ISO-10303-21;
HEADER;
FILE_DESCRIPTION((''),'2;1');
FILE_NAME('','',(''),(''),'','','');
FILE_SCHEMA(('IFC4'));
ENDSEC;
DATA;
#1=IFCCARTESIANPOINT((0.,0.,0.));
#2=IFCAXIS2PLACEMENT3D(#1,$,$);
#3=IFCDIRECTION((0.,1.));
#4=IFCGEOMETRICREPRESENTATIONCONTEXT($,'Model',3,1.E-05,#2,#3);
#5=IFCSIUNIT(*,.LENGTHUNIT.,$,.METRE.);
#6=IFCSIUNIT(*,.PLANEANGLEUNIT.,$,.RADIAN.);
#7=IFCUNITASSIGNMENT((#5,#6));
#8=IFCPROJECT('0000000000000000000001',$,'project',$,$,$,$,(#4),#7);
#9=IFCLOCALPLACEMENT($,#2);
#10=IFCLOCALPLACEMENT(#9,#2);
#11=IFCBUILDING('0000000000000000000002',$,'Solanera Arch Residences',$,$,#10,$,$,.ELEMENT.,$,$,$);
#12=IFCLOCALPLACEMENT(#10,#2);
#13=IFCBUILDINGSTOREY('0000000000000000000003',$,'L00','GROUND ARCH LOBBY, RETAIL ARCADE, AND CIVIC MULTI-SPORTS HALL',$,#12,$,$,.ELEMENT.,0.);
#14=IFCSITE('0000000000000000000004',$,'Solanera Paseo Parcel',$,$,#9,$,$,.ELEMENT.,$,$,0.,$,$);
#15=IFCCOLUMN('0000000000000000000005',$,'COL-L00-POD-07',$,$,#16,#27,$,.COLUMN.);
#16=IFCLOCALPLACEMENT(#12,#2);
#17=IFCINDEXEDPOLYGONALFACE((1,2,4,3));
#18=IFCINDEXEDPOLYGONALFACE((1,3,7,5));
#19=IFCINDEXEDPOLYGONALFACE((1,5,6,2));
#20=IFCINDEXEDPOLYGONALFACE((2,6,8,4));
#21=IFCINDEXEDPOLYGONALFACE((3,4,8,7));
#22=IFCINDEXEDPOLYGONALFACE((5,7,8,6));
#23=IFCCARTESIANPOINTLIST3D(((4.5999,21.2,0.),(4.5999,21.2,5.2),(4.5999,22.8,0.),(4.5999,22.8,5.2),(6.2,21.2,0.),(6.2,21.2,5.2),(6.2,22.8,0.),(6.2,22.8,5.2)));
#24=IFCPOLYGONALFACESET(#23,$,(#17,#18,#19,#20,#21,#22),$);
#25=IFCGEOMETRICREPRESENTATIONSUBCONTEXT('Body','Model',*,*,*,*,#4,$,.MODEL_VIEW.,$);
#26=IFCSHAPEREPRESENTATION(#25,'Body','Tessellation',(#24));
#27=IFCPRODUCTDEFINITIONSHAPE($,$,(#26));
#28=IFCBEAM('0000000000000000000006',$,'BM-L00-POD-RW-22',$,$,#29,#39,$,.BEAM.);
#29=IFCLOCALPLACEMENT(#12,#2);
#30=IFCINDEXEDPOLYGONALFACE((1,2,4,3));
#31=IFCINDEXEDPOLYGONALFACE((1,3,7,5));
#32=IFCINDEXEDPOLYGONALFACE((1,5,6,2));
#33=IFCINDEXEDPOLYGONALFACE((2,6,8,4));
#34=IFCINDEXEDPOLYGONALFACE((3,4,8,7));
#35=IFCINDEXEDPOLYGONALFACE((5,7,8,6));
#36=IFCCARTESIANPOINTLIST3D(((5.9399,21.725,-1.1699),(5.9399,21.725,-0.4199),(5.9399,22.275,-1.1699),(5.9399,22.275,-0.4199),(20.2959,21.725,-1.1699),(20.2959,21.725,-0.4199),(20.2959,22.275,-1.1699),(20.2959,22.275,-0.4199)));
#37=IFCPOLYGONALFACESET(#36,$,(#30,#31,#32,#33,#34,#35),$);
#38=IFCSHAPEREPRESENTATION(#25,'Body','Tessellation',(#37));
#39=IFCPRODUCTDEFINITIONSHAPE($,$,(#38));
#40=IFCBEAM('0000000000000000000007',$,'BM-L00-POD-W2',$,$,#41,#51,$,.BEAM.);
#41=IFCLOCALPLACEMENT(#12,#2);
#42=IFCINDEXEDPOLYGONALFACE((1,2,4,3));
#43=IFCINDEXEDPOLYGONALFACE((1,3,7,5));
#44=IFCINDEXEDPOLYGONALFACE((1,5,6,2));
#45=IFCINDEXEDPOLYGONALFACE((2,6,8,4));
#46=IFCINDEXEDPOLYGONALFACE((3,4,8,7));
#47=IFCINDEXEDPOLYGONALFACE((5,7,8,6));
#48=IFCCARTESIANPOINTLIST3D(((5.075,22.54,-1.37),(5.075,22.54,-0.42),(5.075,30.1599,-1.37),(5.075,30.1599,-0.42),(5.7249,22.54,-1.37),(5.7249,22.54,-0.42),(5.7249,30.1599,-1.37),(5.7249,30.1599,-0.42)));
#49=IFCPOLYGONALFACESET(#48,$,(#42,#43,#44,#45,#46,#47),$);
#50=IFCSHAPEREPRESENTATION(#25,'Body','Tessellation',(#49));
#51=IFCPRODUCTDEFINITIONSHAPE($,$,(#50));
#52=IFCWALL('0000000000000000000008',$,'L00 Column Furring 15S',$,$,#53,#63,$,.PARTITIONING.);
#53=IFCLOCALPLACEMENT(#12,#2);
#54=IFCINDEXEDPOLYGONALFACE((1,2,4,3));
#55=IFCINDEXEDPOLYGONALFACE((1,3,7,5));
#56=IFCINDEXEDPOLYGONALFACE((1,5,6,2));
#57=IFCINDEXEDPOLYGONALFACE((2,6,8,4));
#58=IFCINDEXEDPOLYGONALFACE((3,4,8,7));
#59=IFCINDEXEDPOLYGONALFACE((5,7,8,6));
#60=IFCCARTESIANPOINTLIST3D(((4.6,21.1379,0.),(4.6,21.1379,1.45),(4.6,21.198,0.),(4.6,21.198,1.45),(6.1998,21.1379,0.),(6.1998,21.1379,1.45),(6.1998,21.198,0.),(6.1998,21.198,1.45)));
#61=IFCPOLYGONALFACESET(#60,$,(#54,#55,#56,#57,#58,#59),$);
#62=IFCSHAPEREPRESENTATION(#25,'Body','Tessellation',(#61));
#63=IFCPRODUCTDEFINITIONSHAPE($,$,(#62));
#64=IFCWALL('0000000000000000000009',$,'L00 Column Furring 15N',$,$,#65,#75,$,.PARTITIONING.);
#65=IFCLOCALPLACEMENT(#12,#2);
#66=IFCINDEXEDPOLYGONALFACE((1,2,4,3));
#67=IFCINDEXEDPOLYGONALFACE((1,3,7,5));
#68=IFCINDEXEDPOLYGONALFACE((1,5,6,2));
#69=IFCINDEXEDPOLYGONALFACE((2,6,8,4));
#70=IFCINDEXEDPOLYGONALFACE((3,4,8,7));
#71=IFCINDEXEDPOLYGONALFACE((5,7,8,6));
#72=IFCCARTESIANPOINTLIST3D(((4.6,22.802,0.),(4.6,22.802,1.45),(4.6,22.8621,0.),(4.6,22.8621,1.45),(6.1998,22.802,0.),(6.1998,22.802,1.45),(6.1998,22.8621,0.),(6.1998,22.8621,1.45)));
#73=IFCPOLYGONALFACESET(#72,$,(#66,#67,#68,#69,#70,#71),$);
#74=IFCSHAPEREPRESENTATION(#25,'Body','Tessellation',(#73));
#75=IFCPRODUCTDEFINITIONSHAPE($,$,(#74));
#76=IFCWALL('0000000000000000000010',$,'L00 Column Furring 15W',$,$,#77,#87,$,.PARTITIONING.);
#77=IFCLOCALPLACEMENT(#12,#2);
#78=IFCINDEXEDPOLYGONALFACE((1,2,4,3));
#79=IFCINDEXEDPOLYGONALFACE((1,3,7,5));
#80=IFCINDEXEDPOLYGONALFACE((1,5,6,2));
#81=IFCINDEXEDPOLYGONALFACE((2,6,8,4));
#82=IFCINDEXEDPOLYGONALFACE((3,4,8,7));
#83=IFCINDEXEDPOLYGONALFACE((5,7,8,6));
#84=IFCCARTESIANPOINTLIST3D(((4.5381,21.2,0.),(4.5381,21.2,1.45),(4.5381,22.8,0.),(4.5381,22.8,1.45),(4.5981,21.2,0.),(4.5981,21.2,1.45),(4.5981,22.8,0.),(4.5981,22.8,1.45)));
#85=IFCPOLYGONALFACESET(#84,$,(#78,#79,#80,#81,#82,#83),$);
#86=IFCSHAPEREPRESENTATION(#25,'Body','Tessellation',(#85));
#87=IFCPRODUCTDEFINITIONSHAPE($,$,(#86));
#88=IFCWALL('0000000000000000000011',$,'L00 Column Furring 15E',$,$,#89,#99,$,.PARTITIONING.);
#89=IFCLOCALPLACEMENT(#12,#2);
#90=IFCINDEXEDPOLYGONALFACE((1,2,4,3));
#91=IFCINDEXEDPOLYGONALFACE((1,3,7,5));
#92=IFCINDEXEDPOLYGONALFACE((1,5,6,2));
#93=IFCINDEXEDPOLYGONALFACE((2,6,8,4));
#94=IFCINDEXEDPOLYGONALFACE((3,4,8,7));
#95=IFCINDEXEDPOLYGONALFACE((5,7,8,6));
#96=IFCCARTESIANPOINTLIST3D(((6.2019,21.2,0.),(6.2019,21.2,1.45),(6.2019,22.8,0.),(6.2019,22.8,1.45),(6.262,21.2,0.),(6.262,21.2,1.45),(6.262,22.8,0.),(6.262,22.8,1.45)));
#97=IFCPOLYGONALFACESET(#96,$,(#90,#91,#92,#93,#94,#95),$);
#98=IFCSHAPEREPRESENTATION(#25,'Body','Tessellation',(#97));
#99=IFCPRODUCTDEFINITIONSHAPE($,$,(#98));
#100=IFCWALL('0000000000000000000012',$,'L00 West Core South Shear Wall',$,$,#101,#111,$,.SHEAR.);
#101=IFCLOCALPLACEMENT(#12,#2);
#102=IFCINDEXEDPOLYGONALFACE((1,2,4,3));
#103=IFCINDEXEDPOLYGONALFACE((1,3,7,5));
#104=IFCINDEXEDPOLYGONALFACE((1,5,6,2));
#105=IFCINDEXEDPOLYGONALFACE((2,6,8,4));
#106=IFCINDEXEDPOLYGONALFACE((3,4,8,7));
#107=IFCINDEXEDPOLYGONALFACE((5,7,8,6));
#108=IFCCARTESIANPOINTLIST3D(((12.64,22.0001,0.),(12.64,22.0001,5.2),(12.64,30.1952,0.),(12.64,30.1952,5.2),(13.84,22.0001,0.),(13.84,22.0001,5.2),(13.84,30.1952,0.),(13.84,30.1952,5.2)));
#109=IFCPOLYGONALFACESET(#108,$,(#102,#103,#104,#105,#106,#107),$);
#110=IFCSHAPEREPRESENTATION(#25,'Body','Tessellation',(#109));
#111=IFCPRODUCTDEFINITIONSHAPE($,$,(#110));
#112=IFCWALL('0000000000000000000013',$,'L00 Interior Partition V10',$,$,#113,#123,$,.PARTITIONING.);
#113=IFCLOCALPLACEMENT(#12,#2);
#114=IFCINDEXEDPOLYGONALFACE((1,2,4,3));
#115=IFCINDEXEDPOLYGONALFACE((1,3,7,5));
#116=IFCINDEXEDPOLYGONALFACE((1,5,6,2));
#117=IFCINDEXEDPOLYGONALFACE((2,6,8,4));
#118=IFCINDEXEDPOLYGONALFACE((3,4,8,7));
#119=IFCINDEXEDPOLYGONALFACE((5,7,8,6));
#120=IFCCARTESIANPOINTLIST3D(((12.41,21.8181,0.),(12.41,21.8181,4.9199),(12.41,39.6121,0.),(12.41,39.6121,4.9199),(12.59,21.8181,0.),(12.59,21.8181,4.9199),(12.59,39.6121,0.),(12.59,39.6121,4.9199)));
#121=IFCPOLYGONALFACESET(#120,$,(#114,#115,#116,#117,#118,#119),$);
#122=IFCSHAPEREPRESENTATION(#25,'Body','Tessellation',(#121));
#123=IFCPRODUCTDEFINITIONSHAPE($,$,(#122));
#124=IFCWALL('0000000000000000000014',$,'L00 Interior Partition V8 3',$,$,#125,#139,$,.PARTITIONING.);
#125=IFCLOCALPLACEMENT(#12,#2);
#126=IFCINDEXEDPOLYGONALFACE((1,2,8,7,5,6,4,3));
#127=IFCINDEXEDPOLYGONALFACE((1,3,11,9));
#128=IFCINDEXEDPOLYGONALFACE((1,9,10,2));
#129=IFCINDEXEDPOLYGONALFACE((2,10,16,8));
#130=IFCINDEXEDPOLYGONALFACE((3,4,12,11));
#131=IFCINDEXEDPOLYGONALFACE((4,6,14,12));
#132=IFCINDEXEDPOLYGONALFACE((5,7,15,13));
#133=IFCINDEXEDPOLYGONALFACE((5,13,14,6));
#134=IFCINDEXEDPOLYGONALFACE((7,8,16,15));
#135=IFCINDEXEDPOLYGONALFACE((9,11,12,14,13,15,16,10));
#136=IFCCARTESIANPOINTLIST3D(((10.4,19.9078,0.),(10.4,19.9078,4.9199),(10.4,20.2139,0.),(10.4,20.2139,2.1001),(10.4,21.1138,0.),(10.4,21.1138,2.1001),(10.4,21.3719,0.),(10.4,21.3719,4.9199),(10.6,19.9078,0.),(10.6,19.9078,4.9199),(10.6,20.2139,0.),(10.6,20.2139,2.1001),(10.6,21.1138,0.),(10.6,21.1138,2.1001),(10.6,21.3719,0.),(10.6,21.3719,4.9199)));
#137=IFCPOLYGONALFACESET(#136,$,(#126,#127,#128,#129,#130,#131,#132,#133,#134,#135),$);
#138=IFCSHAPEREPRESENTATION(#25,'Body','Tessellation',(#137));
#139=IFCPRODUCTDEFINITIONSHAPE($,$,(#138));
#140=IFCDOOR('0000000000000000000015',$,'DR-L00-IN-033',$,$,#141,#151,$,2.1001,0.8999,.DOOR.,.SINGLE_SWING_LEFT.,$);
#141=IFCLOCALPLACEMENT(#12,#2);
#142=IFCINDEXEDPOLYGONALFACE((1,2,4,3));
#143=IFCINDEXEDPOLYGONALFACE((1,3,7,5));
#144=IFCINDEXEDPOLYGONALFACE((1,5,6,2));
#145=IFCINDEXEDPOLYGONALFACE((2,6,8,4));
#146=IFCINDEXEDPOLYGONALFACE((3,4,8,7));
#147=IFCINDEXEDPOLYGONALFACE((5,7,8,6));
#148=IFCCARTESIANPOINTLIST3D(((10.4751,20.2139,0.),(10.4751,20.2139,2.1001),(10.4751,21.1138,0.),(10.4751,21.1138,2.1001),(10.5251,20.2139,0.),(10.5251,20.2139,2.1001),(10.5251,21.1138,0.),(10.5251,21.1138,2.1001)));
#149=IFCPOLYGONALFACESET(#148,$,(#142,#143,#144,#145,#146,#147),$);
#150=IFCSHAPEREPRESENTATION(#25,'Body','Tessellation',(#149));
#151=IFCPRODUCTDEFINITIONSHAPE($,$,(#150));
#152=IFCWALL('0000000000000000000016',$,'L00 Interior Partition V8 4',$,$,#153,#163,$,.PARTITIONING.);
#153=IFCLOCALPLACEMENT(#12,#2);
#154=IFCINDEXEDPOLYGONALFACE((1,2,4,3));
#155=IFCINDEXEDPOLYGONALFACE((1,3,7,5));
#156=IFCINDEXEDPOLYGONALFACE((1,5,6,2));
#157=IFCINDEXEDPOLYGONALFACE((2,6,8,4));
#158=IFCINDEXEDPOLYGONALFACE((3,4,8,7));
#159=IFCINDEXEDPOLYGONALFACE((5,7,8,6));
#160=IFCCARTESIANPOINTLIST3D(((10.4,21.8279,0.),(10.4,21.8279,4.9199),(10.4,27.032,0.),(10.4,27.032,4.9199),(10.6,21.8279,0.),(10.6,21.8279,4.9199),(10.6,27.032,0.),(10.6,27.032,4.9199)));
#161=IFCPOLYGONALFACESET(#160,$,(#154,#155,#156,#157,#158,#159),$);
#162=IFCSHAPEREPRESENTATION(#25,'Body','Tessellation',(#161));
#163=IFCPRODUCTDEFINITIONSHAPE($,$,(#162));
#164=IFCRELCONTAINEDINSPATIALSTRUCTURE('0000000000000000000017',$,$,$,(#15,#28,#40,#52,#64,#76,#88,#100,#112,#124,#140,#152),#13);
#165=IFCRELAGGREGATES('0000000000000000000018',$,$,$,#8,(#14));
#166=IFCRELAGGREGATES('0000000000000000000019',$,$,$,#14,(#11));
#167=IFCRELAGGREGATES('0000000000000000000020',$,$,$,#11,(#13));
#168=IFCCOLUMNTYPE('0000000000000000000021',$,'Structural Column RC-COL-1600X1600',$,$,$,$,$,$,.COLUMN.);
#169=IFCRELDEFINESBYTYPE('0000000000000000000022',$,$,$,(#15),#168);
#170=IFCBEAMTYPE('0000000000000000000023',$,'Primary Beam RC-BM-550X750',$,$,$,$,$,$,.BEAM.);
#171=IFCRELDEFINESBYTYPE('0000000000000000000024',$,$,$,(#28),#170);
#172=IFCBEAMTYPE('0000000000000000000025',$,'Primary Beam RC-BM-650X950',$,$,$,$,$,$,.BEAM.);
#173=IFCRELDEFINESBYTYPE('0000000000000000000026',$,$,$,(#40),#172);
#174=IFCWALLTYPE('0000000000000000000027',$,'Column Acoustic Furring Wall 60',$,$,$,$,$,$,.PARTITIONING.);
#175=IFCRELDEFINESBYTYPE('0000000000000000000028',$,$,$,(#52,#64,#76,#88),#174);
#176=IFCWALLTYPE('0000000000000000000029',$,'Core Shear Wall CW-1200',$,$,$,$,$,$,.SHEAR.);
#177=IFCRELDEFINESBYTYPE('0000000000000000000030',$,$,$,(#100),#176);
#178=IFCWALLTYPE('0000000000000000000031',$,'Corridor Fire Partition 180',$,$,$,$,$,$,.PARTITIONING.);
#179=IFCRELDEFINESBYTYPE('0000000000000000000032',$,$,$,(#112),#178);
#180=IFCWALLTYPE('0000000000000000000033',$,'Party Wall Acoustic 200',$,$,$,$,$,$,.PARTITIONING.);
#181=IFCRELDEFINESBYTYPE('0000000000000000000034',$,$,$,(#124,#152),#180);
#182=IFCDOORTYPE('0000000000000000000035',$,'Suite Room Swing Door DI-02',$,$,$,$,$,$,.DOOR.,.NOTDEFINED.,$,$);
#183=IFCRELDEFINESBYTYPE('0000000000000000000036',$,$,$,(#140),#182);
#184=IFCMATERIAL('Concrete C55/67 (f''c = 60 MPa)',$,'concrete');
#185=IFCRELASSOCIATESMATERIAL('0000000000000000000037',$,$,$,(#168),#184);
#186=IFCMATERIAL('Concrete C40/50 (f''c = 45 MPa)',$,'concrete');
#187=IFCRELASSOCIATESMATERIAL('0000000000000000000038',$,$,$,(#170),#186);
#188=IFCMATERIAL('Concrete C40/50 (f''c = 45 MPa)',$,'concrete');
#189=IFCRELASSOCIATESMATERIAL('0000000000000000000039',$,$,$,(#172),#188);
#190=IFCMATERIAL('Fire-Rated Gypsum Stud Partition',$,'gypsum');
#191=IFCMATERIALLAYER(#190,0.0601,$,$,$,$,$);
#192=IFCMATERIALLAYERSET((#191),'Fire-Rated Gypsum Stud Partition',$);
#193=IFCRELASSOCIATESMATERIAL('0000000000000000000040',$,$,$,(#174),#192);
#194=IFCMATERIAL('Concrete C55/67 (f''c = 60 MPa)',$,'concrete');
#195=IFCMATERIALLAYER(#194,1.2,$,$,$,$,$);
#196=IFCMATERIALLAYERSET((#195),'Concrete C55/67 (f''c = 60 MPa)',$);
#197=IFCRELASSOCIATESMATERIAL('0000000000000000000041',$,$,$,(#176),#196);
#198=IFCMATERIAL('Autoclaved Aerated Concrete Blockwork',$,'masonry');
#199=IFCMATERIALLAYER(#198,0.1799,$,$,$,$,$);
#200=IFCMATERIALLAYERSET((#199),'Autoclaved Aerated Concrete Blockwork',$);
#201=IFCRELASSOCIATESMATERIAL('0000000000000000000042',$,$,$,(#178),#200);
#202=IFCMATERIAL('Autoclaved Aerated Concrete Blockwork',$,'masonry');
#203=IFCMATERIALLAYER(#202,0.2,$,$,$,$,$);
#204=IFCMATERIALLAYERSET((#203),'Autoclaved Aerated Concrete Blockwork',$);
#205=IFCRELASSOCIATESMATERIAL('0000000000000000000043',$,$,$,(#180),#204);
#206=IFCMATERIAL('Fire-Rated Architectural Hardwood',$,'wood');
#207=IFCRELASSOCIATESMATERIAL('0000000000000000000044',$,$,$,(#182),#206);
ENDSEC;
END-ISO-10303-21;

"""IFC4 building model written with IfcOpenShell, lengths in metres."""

from ifc_helpers import new_model, si_unit, direction, frame, frame_2d, origin, origin_2d, place, context, subcontext, project, spatial, rectangle, extrude, material, layer, layer_set, material_profile, profile_set, type_object, element, fill, save


model = new_model("IFC4")

# Units and contexts
model_context = context("Model", 3, precision=1e-05, world=origin(), true_north=direction((0.0, 1.0)))
body_context = subcontext(model_context, "Body", "Model", "MODEL_VIEW")
ifc_project = project(units=[si_unit("LENGTHUNIT", "METRE"), si_unit("PLANEANGLEUNIT", "RADIAN")], contexts=[model_context])

# Site, building, storey
site_placement = place(None, origin())
site = spatial("IfcSite", under=ifc_project, at=site_placement, Name="Solanera Paseo Parcel", CompositionType="ELEMENT", RefElevation=0.0)
building_placement = place(site_placement, origin())
building = spatial("IfcBuilding", under=site, at=building_placement, Name="Solanera Arch Residences", CompositionType="ELEMENT")
storey_placement = place(building_placement, origin())
storey = spatial("IfcBuildingStorey", under=building, at=storey_placement, Name="L00", Description="GROUND ARCH LOBBY, RETAIL ARCADE, AND CIVIC MULTI-SPORTS HALL", CompositionType="ELEMENT", Elevation=0.0)

# Column
ifc_material_1 = material(Name="Concrete C55/67 (f'c = 60 MPa)", Category="concrete")
ifc_material_profile_1 = material_profile(ifc_material_1, rectangle(XDim=1.6001, YDim=1.6001, at=origin_2d()))
ifc_profile_set_1 = profile_set([ifc_material_profile_1], Name="Concrete C55/67 (f'c = 60 MPa)")
column_type = type_object("IfcColumnType", Name="Structural Column RC-COL-1600X1600", PredefinedType="COLUMN", material=ifc_profile_set_1)
column_placement = place(storey_placement, frame((5.3999, 22.0, 0.0), z_axis=(0.0, 0.0, 1.0), x_axis=(1.0, 0.0, 0.0)))
element("IfcColumn", 1, at=column_placement, inside=storey, type_object=column_type, Name="COL-L00-POD-07", PredefinedType="COLUMN", context=body_context, shape_type="SweptSolid", body=[
    extrude(rectangle(XDim=1.6001, YDim=1.6001, at=origin_2d()), origin(), (0.0, 0.0, 1.0), 5.2),
])

# Beams
ifc_material_2 = material(Name="Concrete C40/50 (f'c = 45 MPa)", Category="concrete")
ifc_material_profile_2 = material_profile(ifc_material_2, rectangle(XDim=0.55, YDim=0.75, at=origin_2d()))
ifc_profile_set_2 = profile_set([ifc_material_profile_2], Name="Concrete C40/50 (f'c = 45 MPa)")
beam_type_1 = type_object("IfcBeamType", Name="Primary Beam RC-BM-550X750", PredefinedType="BEAM", material=ifc_profile_set_2)
beam_1_placement = place(storey_placement, frame((5.9399, 22.0, -0.7949), z_axis=(1.0, 0.0, 0.0), x_axis=(0.0, 1.0, 0.0)))
element("IfcBeam", 2, at=beam_1_placement, inside=storey, type_object=beam_type_1, Name="BM-L00-POD-RW-22", PredefinedType="BEAM", context=body_context, shape_type="SweptSolid", body=[
    extrude(rectangle(XDim=0.55, YDim=0.75, at=origin_2d()), origin(), (0.0, 0.0, 1.0), 14.356),
])
ifc_material_3 = material(Name="Concrete C40/50 (f'c = 45 MPa)", Category="concrete")
ifc_material_profile_3 = material_profile(ifc_material_3, rectangle(XDim=0.6499, YDim=0.95, at=origin_2d()))
ifc_profile_set_3 = profile_set([ifc_material_profile_3], Name="Concrete C40/50 (f'c = 45 MPa)")
beam_type_2 = type_object("IfcBeamType", Name="Primary Beam RC-BM-650X950", PredefinedType="BEAM", material=ifc_profile_set_3)
beam_2_placement = place(storey_placement, frame((5.3999, 22.54, -0.895), z_axis=(0.0, 1.0, 0.0), x_axis=(-1.0, 0.0, 0.0)))
element("IfcBeam", 3, at=beam_2_placement, inside=storey, type_object=beam_type_2, Name="BM-L00-POD-W2", PredefinedType="BEAM", context=body_context, shape_type="SweptSolid", body=[
    extrude(rectangle(XDim=0.6499, YDim=0.95, at=origin_2d()), origin(), (0.0, 0.0, 1.0), 7.6199),
])

# Walls
ifc_material_4 = material(Name="Fire-Rated Gypsum Stud Partition", Category="gypsum")
ifc_layer_1 = layer(ifc_material_4, 0.0601)
ifc_layer_set_1 = layer_set([ifc_layer_1], Name="Fire-Rated Gypsum Stud Partition")
wall_type_1 = type_object("IfcWallType", Name="Column Acoustic Furring Wall 60", PredefinedType="PARTITIONING", material=ifc_layer_set_1)
for number, where, z_axis, x_axis, name in (
    (4, (4.6001, 21.168, 0.0), (0.0, 0.0, 1.0), (1.0, 0.0, 0.0), "L00 Column Furring 15S"),
    (5, (4.6001, 22.832, 0.0), (0.0, 0.0, 1.0), (1.0, 0.0, 0.0), "L00 Column Furring 15N"),
):
    element("IfcWall", number, at=place(storey_placement, frame(where, z_axis=z_axis, x_axis=x_axis)), inside=storey, type_object=wall_type_1, Name=name, PredefinedType="PARTITIONING", context=body_context, shape_type="SweptSolid", body=[
        extrude(rectangle(XDim=1.5999, YDim=0.0601, at=frame_2d((0.7998, 0.0))), origin(), (0.0, 0.0, 1.0), 1.45),
    ])
for number, where, z_axis, x_axis, name in (
    (6, (4.5681, 21.2, 0.0), (0.0, 0.0, 1.0), (0.0, 1.0, 0.0), "L00 Column Furring 15W"),
    (7, (6.2319, 21.2, 0.0), (0.0, 0.0, 1.0), (0.0, 1.0, 0.0), "L00 Column Furring 15E"),
):
    element("IfcWall", number, at=place(storey_placement, frame(where, z_axis=z_axis, x_axis=x_axis)), inside=storey, type_object=wall_type_1, Name=name, PredefinedType="PARTITIONING", context=body_context, shape_type="SweptSolid", body=[
        extrude(rectangle(XDim=1.6001, YDim=0.0601, at=frame_2d((0.8, 0.0))), origin(), (0.0, 0.0, 1.0), 1.45),
    ])
ifc_material_5 = material(Name="Concrete C55/67 (f'c = 60 MPa)", Category="concrete")
ifc_layer_2 = layer(ifc_material_5, 1.2)
ifc_layer_set_2 = layer_set([ifc_layer_2], Name="Concrete C55/67 (f'c = 60 MPa)")
wall_type_2 = type_object("IfcWallType", Name="Core Shear Wall CW-1200", PredefinedType="SHEAR", material=ifc_layer_set_2)
wall_1_placement = place(storey_placement, frame((13.24, 22.0, 0.0), z_axis=(0.0, 0.0, 1.0), x_axis=(0.0, 1.0, 0.0)))
element("IfcWall", 8, at=wall_1_placement, inside=storey, type_object=wall_type_2, Name="L00 West Core South Shear Wall", PredefinedType="SHEAR", context=body_context, shape_type="SweptSolid", body=[
    extrude(rectangle(XDim=8.1951, YDim=1.2, at=frame_2d((4.0977, 0.0))), origin(), (0.0, 0.0, 1.0), 5.2),
])
ifc_material_6 = material(Name="Autoclaved Aerated Concrete Blockwork", Category="masonry")
ifc_layer_3 = layer(ifc_material_6, 0.1799)
ifc_layer_set_3 = layer_set([ifc_layer_3], Name="Autoclaved Aerated Concrete Blockwork")
wall_type_3 = type_object("IfcWallType", Name="Corridor Fire Partition 180", PredefinedType="PARTITIONING", material=ifc_layer_set_3)
wall_2_placement = place(storey_placement, frame((12.5, 21.8181, 0.0), z_axis=(0.0, 0.0, 1.0), x_axis=(0.0, 1.0, 0.0)))
element("IfcWall", 9, at=wall_2_placement, inside=storey, type_object=wall_type_3, Name="L00 Interior Partition V10", PredefinedType="PARTITIONING", context=body_context, shape_type="SweptSolid", body=[
    extrude(rectangle(XDim=17.7939, YDim=0.1799, at=frame_2d((8.897, 0.0))), origin(), (0.0, 0.0, 1.0), 4.9199),
])

# Wall, opening, door
ifc_material_7 = material(Name="Autoclaved Aerated Concrete Blockwork", Category="masonry")
ifc_layer_4 = layer(ifc_material_7, 0.2)
ifc_layer_set_4 = layer_set([ifc_layer_4], Name="Autoclaved Aerated Concrete Blockwork")
wall_type_4 = type_object("IfcWallType", Name="Party Wall Acoustic 200", PredefinedType="PARTITIONING", material=ifc_layer_set_4)
wall_3_placement = place(storey_placement, frame((10.5, 19.908, 0.0), z_axis=(0.0, 0.0, 1.0), x_axis=(0.0, 1.0, 0.0)))
wall_3 = element("IfcWall", 10, at=wall_3_placement, inside=storey, type_object=wall_type_4, Name="L00 Interior Partition V8 3", PredefinedType="PARTITIONING", context=body_context, shape_type="SweptSolid", body=[
    extrude(rectangle(XDim=1.4641, YDim=0.2, at=frame_2d((0.7319, 0.0))), origin(), (0.0, 0.0, 1.0), 4.9199),
])
opening_1_placement = place(wall_3_placement, frame((0.3059, 0.0, 0.0)))
opening_1 = element("IfcOpeningElement", 11, at=opening_1_placement, cuts=wall_3, PredefinedType="OPENING", context=body_context, shape_type="SweptSolid", body=[
    extrude(rectangle(XDim=0.8999, YDim=2.1001, at=frame_2d((0.45, 1.05))), frame((0.0, 0.1101, 0.0), z_axis=(0.0, -1.0, 0.0), x_axis=(1.0, 0.0, 0.0)), (0.0, 0.0, 1.0), 0.22),
])
ifc_material_8 = material(Name="Fire-Rated Architectural Hardwood", Category="wood")
door_type_1 = type_object("IfcDoorType", Name="Suite Room Swing Door DI-02", OperationType="NOTDEFINED", PredefinedType="DOOR", material=ifc_material_8)
door_1_placement = place(opening_1_placement, origin())
door_1 = element("IfcDoor", 12, at=door_1_placement, inside=storey, type_object=door_type_1, Name="DR-L00-IN-033", OperationType="SINGLE_SWING_LEFT", OverallHeight=2.1001, OverallWidth=0.8999, PredefinedType="DOOR", context=body_context, shape_type="SweptSolid", body=[
    extrude(rectangle(XDim=0.8999, YDim=2.1001, at=frame_2d((0.45, 1.05))), frame((0.0, 0.0249, 0.0), z_axis=(0.0, -1.0, 0.0), x_axis=(1.0, 0.0, 0.0)), (0.0, 0.0, 1.0), 0.05),
])
fill(opening_1, door_1)

# Wall
wall_4_placement = place(storey_placement, frame((10.5, 21.8279, 0.0), z_axis=(0.0, 0.0, 1.0), x_axis=(0.0, 1.0, 0.0)))
element("IfcWall", 13, at=wall_4_placement, inside=storey, type_object=wall_type_4, Name="L00 Interior Partition V8 4", PredefinedType="PARTITIONING", context=body_context, shape_type="SweptSolid", body=[
    extrude(rectangle(XDim=5.2041, YDim=0.2, at=frame_2d((2.6021, 0.0))), origin(), (0.0, 0.0, 1.0), 4.9199),
])

save(model, "model.ifc")
